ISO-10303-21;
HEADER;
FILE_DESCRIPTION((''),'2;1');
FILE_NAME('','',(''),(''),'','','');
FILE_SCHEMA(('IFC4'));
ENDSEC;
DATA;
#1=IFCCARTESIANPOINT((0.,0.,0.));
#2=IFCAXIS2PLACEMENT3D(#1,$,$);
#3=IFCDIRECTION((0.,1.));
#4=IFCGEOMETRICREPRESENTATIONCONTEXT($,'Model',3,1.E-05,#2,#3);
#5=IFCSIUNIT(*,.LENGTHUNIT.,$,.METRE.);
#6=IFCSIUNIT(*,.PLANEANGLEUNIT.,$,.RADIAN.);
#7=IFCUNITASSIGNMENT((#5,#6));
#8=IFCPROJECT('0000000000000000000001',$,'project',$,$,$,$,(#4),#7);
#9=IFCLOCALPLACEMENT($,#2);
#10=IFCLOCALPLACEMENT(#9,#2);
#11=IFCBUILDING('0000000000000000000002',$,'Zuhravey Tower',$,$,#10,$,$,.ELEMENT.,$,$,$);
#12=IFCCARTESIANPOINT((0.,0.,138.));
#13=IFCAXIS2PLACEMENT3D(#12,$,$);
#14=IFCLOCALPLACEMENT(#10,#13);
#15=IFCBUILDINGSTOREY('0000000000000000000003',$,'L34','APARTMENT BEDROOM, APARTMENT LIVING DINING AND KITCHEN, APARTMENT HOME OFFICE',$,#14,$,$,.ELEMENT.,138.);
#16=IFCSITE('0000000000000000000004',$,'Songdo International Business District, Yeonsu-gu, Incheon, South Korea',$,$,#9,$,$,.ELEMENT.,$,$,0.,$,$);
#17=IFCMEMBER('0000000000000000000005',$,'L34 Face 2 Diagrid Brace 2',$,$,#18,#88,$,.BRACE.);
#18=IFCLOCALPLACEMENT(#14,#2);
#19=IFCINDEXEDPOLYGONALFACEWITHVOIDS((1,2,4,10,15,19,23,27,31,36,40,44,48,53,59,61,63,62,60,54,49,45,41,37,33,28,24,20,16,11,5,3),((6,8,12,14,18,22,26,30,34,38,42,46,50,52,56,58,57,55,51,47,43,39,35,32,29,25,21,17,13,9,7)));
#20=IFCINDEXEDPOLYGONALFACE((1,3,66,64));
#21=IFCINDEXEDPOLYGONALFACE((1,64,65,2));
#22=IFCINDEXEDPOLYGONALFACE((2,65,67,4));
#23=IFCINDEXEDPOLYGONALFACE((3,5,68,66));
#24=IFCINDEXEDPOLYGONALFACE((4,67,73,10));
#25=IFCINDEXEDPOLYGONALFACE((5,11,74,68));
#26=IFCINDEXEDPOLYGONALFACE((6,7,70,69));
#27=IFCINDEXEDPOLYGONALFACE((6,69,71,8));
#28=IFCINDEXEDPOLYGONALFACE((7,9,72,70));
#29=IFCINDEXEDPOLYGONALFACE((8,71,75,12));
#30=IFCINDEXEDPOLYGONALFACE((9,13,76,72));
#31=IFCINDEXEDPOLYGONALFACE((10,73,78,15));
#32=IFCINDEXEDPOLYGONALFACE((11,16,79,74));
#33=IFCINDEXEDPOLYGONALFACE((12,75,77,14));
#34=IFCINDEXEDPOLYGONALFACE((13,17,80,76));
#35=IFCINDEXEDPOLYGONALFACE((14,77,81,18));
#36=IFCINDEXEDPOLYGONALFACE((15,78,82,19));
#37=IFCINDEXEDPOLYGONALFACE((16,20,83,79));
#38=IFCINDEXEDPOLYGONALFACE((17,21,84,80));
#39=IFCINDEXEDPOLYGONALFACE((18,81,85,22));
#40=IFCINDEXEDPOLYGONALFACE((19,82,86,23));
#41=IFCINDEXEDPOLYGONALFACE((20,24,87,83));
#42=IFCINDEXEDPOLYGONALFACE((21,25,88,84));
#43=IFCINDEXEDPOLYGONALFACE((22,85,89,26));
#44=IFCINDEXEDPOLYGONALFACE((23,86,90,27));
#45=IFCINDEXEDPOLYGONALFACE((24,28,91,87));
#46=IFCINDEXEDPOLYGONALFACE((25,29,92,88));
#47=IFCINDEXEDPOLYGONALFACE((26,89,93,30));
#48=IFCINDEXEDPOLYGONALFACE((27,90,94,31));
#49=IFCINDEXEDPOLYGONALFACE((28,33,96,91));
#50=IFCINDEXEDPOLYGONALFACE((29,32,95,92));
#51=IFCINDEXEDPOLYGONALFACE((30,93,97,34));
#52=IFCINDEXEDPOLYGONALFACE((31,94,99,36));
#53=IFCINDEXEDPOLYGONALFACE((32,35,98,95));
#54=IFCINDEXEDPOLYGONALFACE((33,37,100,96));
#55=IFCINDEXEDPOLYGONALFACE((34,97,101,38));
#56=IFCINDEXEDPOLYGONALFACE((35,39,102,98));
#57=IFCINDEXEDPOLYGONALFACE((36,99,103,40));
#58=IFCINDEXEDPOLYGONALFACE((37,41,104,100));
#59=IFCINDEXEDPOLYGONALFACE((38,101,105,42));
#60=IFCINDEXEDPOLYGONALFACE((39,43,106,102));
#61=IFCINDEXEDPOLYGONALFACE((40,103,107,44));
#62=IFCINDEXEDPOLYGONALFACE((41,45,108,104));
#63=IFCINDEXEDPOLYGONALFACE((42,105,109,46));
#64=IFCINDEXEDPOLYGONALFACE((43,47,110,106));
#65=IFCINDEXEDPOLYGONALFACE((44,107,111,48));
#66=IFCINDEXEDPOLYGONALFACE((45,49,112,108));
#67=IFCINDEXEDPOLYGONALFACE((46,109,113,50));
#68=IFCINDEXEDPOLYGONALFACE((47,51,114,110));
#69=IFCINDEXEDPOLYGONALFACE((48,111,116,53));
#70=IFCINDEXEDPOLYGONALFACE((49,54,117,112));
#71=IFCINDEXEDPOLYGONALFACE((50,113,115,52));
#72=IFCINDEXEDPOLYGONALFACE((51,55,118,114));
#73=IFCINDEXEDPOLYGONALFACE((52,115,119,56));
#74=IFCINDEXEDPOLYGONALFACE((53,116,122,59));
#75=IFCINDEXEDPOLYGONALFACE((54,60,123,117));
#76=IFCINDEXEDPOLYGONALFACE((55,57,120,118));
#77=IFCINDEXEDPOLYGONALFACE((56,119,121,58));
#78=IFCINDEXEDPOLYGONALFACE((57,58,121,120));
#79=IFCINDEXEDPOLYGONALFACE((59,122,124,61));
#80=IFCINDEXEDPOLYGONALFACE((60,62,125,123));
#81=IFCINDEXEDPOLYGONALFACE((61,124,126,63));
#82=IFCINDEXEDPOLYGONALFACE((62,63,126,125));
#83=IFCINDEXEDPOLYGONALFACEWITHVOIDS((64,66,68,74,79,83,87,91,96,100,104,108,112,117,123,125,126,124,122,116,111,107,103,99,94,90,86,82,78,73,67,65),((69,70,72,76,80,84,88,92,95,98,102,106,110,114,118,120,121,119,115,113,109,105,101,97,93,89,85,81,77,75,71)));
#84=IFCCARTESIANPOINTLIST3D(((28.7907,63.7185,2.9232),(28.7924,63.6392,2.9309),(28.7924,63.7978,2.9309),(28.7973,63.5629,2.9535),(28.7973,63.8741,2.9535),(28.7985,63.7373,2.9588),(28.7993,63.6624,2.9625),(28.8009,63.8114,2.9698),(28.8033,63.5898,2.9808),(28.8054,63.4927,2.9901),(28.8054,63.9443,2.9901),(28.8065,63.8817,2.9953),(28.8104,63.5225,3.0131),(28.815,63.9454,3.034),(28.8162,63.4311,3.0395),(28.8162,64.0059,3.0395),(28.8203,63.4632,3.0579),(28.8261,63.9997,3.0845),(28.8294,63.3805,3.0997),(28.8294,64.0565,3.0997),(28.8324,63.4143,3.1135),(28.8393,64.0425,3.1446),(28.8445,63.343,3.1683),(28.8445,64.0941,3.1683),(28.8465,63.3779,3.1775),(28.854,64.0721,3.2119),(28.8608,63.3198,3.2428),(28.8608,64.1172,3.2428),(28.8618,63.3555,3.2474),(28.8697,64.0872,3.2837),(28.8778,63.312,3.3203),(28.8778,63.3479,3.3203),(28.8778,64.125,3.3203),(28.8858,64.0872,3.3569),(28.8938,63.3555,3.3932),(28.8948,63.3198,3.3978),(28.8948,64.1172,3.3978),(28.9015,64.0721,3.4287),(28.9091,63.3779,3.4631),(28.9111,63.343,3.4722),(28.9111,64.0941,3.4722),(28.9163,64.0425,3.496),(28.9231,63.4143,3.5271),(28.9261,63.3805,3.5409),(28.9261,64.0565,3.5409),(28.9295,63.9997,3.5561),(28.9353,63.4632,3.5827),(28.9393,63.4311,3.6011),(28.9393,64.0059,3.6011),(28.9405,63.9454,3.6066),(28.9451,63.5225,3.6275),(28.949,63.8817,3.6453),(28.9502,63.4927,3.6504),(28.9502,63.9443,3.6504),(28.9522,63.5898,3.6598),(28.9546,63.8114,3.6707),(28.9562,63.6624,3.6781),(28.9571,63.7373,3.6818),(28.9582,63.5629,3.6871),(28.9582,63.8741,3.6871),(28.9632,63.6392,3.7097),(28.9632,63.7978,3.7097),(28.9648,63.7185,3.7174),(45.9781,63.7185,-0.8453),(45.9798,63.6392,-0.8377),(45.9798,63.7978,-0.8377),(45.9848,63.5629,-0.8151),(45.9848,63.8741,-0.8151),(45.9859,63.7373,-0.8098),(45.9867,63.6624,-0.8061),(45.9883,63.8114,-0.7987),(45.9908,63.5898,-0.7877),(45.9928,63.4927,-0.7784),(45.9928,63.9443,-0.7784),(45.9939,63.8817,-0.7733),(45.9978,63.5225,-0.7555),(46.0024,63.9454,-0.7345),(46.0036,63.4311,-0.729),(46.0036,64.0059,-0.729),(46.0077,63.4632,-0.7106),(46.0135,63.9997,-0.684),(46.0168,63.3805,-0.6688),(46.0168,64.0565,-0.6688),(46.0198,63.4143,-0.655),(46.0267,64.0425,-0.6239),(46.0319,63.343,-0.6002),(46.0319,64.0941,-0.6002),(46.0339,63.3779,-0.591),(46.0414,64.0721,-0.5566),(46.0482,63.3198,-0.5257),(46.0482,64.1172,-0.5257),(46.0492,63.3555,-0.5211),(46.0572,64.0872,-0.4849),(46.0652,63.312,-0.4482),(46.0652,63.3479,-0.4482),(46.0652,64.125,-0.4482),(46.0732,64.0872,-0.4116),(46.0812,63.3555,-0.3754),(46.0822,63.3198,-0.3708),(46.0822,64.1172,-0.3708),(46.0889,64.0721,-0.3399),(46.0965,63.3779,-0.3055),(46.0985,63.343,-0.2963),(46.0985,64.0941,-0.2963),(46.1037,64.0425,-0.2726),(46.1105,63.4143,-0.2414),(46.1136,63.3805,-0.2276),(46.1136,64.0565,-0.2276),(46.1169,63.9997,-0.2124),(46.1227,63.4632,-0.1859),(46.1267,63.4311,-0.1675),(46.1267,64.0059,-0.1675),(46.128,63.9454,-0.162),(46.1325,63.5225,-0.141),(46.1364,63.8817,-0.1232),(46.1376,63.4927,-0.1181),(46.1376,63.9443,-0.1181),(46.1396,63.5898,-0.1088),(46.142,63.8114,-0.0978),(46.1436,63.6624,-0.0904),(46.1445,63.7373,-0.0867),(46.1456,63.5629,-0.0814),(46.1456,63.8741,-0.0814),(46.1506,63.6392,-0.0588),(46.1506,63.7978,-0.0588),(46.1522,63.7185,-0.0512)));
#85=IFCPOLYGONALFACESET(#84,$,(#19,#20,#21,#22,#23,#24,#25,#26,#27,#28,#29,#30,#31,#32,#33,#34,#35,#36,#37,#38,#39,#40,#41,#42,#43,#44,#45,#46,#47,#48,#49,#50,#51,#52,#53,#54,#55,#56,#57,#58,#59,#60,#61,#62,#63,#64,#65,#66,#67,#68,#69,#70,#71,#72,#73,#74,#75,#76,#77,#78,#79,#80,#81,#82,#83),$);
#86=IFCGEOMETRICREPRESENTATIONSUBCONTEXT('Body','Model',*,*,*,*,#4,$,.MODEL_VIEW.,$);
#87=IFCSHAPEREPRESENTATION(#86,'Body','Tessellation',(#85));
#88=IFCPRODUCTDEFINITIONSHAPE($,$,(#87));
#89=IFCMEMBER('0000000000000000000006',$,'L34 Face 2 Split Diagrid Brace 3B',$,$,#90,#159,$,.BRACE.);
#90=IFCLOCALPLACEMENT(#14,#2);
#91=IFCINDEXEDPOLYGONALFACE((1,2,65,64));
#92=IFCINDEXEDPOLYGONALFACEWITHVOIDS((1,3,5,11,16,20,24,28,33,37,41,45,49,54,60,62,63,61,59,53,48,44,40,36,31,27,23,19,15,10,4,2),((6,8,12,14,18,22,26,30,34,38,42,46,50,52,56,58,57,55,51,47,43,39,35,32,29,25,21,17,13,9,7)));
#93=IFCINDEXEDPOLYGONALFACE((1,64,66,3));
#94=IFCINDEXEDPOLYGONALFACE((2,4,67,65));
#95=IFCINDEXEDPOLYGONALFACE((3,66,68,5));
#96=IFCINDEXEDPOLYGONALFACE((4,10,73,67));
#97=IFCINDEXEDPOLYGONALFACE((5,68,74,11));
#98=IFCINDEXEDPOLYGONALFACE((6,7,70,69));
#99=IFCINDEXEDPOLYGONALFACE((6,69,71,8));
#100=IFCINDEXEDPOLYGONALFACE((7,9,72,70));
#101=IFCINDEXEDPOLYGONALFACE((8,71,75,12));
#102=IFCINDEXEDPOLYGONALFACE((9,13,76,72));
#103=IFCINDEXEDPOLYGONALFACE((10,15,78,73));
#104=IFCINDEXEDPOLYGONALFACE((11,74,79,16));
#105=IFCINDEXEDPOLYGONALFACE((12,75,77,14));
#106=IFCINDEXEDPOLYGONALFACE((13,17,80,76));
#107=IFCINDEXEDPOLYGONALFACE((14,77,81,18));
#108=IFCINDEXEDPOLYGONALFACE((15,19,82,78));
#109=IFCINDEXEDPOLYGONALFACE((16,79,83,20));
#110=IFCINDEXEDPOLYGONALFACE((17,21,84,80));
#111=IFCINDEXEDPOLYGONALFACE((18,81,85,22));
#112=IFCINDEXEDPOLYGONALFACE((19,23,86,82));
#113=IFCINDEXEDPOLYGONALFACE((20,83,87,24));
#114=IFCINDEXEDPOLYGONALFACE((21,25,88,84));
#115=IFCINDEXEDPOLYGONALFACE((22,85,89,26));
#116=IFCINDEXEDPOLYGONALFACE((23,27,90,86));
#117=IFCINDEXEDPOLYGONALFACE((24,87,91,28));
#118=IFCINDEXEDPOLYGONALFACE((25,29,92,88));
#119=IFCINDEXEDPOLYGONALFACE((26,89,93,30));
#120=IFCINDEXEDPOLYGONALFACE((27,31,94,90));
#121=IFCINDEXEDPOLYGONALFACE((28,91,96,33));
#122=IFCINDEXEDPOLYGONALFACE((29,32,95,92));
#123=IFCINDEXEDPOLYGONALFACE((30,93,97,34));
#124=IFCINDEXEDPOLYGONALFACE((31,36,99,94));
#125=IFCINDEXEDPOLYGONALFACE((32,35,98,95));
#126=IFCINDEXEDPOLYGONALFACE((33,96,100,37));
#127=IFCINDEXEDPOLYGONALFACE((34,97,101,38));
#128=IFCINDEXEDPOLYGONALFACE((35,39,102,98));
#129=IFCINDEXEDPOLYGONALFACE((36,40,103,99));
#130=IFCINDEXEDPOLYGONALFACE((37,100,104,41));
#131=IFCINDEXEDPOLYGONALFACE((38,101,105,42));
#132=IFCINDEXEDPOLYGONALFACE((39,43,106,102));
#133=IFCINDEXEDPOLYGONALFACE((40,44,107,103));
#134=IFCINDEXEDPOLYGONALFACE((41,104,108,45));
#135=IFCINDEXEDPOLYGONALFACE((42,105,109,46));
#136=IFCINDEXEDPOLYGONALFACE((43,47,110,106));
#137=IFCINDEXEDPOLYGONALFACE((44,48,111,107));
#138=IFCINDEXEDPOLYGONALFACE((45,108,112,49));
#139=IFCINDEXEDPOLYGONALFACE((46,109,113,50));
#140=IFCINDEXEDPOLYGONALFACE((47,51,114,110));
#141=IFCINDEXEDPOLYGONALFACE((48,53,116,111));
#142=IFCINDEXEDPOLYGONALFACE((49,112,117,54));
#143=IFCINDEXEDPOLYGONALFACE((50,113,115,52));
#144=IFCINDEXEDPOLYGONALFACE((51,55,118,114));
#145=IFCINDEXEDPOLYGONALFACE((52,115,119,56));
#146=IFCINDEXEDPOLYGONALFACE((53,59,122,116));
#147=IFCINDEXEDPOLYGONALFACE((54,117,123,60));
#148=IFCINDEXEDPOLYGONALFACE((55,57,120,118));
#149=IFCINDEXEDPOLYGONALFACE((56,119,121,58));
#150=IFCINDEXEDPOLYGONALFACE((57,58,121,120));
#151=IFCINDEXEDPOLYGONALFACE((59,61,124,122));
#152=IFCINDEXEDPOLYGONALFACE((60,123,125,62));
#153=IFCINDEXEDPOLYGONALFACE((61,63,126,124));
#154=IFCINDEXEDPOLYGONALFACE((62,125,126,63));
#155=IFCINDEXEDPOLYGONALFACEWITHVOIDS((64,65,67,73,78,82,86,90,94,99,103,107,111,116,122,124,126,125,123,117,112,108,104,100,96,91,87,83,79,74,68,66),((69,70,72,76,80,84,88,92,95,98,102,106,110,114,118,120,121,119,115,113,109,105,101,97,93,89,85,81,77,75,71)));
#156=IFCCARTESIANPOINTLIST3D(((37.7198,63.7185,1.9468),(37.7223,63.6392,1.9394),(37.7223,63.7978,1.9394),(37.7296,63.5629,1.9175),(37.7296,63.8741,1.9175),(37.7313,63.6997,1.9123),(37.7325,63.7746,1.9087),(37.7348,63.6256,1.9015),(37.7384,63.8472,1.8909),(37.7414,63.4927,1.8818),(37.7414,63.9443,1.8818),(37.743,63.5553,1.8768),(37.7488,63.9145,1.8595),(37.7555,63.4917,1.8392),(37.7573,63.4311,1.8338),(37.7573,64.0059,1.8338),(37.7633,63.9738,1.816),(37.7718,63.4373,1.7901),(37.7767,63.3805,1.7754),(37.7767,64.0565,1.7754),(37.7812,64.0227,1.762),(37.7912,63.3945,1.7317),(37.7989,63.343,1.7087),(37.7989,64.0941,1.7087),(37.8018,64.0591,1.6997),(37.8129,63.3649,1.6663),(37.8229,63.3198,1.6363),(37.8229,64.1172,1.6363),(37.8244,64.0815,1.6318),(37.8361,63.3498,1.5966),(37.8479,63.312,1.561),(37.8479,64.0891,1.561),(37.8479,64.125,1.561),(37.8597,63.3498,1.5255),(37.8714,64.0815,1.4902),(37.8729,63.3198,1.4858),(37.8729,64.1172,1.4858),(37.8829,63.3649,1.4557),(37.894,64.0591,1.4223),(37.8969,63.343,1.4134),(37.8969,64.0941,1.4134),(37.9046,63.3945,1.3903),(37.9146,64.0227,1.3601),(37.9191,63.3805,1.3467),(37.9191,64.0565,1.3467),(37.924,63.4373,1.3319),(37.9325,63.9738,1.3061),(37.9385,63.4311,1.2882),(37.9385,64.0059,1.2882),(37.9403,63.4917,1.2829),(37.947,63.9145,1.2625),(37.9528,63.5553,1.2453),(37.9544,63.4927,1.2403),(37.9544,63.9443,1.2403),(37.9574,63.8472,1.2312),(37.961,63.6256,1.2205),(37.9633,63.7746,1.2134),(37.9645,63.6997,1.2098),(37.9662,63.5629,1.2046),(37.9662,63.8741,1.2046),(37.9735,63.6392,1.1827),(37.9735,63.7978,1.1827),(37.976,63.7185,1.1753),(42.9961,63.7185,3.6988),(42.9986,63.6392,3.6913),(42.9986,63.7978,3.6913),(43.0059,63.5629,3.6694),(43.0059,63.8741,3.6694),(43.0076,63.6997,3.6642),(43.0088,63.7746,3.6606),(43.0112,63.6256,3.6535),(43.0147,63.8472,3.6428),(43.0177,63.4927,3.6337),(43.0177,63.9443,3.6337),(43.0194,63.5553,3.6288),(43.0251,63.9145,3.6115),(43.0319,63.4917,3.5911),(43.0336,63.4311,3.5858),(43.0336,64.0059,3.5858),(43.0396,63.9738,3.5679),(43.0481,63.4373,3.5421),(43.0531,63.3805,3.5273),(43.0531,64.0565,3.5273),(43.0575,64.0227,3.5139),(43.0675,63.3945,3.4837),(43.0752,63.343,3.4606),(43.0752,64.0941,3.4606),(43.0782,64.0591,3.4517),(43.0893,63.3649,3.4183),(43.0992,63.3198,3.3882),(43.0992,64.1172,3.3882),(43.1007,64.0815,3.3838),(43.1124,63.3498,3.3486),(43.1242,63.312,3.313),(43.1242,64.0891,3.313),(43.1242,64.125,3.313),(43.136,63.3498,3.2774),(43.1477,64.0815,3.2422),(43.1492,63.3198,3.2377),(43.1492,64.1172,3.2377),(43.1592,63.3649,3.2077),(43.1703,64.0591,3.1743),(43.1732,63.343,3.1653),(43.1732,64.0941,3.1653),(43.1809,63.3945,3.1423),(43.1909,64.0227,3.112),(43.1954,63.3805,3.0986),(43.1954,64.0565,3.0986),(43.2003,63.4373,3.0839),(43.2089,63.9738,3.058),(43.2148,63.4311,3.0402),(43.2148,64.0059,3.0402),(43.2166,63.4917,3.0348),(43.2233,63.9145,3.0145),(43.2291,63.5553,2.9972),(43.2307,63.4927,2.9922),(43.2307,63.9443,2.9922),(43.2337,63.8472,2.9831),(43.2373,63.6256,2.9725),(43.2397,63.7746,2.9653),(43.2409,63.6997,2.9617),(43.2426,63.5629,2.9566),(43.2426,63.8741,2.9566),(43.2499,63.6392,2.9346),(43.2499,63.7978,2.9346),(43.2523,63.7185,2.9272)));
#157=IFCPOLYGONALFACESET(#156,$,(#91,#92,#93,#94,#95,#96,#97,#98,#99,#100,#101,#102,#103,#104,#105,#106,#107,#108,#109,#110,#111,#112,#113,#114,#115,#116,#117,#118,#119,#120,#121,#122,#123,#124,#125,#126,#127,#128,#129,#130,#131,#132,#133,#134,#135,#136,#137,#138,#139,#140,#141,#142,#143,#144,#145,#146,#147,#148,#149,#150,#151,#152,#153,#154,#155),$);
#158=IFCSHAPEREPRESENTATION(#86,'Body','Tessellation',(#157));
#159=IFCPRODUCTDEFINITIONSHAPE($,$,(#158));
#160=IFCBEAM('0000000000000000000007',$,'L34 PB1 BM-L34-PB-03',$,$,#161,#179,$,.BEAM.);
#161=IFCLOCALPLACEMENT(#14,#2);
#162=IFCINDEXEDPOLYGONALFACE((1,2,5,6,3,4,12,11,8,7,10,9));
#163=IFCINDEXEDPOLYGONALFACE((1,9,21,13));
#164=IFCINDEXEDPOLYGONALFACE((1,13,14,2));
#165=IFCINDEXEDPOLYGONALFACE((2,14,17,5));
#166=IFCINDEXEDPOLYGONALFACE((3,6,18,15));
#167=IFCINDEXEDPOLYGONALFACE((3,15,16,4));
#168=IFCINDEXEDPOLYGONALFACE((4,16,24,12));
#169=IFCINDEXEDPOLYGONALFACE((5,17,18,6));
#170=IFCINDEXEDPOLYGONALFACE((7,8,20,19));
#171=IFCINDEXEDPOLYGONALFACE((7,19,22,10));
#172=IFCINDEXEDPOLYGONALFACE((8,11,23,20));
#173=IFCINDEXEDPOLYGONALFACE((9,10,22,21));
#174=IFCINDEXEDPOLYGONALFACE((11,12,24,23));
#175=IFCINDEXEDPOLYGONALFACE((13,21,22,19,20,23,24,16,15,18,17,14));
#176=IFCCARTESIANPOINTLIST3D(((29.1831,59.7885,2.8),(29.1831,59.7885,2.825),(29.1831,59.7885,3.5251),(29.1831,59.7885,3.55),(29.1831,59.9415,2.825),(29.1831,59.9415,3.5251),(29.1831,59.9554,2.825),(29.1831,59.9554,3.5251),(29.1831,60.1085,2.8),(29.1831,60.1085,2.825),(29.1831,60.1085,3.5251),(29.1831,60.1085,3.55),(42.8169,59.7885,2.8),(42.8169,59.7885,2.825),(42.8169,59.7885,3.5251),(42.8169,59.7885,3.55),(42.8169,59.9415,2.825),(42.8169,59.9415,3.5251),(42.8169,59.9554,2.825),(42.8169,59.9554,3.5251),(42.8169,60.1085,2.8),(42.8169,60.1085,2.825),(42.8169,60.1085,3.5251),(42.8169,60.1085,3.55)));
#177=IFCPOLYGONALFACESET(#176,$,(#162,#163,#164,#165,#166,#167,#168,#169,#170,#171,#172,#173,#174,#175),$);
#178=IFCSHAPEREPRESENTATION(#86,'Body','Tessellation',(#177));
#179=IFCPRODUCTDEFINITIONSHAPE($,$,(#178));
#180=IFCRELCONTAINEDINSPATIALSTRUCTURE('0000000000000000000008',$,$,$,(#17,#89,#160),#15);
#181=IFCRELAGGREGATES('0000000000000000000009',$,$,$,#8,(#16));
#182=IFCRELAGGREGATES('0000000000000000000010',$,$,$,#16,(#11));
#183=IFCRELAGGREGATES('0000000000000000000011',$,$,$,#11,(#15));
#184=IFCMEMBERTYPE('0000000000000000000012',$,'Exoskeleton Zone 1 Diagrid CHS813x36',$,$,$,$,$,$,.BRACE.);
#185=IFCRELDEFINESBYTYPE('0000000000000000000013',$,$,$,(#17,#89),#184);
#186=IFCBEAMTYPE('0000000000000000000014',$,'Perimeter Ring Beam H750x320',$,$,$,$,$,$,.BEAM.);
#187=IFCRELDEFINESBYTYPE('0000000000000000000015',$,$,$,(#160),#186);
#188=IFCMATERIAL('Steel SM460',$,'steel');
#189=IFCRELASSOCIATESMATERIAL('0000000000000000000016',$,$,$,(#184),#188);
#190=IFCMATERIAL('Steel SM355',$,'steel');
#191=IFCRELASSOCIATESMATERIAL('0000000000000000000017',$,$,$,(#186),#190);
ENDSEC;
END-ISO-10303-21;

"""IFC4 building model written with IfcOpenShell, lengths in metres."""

from ifc_helpers import new_model, si_unit, direction, frame, origin, origin_2d, place, context, subcontext, project, spatial, hollow_circle, i_section, extrude, material, material_profile, profile_set, type_object, element, save


model = new_model("IFC4")

# Units and contexts
model_context = context("Model", 3, precision=1e-05, world=origin(), true_north=direction((0.0, 1.0)))
body_context = subcontext(model_context, "Body", "Model", "MODEL_VIEW")
ifc_project = project(units=[si_unit("LENGTHUNIT", "METRE"), si_unit("PLANEANGLEUNIT", "RADIAN")], contexts=[model_context])

# Site, building, storey
site_placement = place(None, origin())
site = spatial("IfcSite", under=ifc_project, at=site_placement, Name="Songdo International Business District, Yeonsu-gu, Incheon, South Korea", CompositionType="ELEMENT", RefElevation=0.0)
building_placement = place(site_placement, origin())
building = spatial("IfcBuilding", under=site, at=building_placement, Name="Zuhravey Tower", CompositionType="ELEMENT")
storey_placement = place(building_placement, frame((0.0, 0.0, 138.0)))
storey = spatial("IfcBuildingStorey", under=building, at=storey_placement, Name="L34", Description="APARTMENT BEDROOM, APARTMENT LIVING DINING AND KITCHEN, APARTMENT HOME OFFICE", CompositionType="ELEMENT", Elevation=138.0)

# Shared definitions
ifc_material_1 = material(Name="Steel SM460", Category="steel")

# Members
ifc_material_2 = material(Name="Steel SM355", Category="steel")
ifc_material_profile_1 = material_profile(ifc_material_1, hollow_circle(Radius=0.4065, WallThickness=0.0359, at=origin_2d()), Name="CHS-812.8x36")
ifc_profile_set_1 = profile_set([ifc_material_profile_1], Name="Steel SM460")
member_type_1 = type_object("IfcMemberType", Name="Exoskeleton Zone 1 Diagrid CHS813x36", PredefinedType="BRACE", material=ifc_profile_set_1)
member_1_placement = place(storey_placement, frame((46.0652, 63.7185, -0.4482), z_axis=(-0.976796, 0.0, 0.214174), x_axis=(0.0, -1.0, 0.0)))
element("IfcMember", 1, at=member_1_placement, inside=storey, type_object=member_type_1, Name="L34 Face 2 Diagrid Brace 2", PredefinedType="BRACE", context=body_context, shape_type="SweptSolid", body=[
    extrude(hollow_circle(Radius=0.4065, WallThickness=0.0359, at=origin_2d()), origin(), (0.0, 0.0, 1.0), 17.5957),
])
member_2_placement = place(storey_placement, frame((37.8479, 63.7185, 1.561), z_axis=(0.949052, 0.0, 0.315121), x_axis=(0.0, 1.0, 0.0)))
element("IfcMember", 2, at=member_2_placement, inside=storey, type_object=member_type_1, Name="L34 Face 2 Split Diagrid Brace 3B", PredefinedType="BRACE", context=body_context, shape_type="SweptSolid", body=[
    extrude(hollow_circle(Radius=0.4065, WallThickness=0.0359, at=origin_2d()), origin(), (0.0, 0.0, 1.0), 5.5596),
])

# Beam
ifc_material_profile_2 = material_profile(ifc_material_2, i_section(OverallWidth=0.3201, OverallDepth=0.75, WebThickness=0.0139, FlangeThickness=0.0249, at=origin_2d()), Name="H-750x320x14x25")
ifc_profile_set_2 = profile_set([ifc_material_profile_2], Name="Steel SM355")
beam_type_1 = type_object("IfcBeamType", Name="Perimeter Ring Beam H750x320", PredefinedType="BEAM", material=ifc_profile_set_2)
beam_1_placement = place(storey_placement, frame((42.8169, 59.9485, 3.175), z_axis=(-1.0, 0.0, 0.0), x_axis=(0.0, -1.0, 0.0)))
element("IfcBeam", 3, at=beam_1_placement, inside=storey, type_object=beam_type_1, Name="L34 PB1 BM-L34-PB-03", PredefinedType="BEAM", context=body_context, shape_type="SweptSolid", body=[
    extrude(i_section(OverallWidth=0.3201, OverallDepth=0.75, WebThickness=0.0139, FlangeThickness=0.0249, at=origin_2d()), origin(), (0.0, 0.0, 1.0), 13.6338),
])

save(model, "model.ifc")
